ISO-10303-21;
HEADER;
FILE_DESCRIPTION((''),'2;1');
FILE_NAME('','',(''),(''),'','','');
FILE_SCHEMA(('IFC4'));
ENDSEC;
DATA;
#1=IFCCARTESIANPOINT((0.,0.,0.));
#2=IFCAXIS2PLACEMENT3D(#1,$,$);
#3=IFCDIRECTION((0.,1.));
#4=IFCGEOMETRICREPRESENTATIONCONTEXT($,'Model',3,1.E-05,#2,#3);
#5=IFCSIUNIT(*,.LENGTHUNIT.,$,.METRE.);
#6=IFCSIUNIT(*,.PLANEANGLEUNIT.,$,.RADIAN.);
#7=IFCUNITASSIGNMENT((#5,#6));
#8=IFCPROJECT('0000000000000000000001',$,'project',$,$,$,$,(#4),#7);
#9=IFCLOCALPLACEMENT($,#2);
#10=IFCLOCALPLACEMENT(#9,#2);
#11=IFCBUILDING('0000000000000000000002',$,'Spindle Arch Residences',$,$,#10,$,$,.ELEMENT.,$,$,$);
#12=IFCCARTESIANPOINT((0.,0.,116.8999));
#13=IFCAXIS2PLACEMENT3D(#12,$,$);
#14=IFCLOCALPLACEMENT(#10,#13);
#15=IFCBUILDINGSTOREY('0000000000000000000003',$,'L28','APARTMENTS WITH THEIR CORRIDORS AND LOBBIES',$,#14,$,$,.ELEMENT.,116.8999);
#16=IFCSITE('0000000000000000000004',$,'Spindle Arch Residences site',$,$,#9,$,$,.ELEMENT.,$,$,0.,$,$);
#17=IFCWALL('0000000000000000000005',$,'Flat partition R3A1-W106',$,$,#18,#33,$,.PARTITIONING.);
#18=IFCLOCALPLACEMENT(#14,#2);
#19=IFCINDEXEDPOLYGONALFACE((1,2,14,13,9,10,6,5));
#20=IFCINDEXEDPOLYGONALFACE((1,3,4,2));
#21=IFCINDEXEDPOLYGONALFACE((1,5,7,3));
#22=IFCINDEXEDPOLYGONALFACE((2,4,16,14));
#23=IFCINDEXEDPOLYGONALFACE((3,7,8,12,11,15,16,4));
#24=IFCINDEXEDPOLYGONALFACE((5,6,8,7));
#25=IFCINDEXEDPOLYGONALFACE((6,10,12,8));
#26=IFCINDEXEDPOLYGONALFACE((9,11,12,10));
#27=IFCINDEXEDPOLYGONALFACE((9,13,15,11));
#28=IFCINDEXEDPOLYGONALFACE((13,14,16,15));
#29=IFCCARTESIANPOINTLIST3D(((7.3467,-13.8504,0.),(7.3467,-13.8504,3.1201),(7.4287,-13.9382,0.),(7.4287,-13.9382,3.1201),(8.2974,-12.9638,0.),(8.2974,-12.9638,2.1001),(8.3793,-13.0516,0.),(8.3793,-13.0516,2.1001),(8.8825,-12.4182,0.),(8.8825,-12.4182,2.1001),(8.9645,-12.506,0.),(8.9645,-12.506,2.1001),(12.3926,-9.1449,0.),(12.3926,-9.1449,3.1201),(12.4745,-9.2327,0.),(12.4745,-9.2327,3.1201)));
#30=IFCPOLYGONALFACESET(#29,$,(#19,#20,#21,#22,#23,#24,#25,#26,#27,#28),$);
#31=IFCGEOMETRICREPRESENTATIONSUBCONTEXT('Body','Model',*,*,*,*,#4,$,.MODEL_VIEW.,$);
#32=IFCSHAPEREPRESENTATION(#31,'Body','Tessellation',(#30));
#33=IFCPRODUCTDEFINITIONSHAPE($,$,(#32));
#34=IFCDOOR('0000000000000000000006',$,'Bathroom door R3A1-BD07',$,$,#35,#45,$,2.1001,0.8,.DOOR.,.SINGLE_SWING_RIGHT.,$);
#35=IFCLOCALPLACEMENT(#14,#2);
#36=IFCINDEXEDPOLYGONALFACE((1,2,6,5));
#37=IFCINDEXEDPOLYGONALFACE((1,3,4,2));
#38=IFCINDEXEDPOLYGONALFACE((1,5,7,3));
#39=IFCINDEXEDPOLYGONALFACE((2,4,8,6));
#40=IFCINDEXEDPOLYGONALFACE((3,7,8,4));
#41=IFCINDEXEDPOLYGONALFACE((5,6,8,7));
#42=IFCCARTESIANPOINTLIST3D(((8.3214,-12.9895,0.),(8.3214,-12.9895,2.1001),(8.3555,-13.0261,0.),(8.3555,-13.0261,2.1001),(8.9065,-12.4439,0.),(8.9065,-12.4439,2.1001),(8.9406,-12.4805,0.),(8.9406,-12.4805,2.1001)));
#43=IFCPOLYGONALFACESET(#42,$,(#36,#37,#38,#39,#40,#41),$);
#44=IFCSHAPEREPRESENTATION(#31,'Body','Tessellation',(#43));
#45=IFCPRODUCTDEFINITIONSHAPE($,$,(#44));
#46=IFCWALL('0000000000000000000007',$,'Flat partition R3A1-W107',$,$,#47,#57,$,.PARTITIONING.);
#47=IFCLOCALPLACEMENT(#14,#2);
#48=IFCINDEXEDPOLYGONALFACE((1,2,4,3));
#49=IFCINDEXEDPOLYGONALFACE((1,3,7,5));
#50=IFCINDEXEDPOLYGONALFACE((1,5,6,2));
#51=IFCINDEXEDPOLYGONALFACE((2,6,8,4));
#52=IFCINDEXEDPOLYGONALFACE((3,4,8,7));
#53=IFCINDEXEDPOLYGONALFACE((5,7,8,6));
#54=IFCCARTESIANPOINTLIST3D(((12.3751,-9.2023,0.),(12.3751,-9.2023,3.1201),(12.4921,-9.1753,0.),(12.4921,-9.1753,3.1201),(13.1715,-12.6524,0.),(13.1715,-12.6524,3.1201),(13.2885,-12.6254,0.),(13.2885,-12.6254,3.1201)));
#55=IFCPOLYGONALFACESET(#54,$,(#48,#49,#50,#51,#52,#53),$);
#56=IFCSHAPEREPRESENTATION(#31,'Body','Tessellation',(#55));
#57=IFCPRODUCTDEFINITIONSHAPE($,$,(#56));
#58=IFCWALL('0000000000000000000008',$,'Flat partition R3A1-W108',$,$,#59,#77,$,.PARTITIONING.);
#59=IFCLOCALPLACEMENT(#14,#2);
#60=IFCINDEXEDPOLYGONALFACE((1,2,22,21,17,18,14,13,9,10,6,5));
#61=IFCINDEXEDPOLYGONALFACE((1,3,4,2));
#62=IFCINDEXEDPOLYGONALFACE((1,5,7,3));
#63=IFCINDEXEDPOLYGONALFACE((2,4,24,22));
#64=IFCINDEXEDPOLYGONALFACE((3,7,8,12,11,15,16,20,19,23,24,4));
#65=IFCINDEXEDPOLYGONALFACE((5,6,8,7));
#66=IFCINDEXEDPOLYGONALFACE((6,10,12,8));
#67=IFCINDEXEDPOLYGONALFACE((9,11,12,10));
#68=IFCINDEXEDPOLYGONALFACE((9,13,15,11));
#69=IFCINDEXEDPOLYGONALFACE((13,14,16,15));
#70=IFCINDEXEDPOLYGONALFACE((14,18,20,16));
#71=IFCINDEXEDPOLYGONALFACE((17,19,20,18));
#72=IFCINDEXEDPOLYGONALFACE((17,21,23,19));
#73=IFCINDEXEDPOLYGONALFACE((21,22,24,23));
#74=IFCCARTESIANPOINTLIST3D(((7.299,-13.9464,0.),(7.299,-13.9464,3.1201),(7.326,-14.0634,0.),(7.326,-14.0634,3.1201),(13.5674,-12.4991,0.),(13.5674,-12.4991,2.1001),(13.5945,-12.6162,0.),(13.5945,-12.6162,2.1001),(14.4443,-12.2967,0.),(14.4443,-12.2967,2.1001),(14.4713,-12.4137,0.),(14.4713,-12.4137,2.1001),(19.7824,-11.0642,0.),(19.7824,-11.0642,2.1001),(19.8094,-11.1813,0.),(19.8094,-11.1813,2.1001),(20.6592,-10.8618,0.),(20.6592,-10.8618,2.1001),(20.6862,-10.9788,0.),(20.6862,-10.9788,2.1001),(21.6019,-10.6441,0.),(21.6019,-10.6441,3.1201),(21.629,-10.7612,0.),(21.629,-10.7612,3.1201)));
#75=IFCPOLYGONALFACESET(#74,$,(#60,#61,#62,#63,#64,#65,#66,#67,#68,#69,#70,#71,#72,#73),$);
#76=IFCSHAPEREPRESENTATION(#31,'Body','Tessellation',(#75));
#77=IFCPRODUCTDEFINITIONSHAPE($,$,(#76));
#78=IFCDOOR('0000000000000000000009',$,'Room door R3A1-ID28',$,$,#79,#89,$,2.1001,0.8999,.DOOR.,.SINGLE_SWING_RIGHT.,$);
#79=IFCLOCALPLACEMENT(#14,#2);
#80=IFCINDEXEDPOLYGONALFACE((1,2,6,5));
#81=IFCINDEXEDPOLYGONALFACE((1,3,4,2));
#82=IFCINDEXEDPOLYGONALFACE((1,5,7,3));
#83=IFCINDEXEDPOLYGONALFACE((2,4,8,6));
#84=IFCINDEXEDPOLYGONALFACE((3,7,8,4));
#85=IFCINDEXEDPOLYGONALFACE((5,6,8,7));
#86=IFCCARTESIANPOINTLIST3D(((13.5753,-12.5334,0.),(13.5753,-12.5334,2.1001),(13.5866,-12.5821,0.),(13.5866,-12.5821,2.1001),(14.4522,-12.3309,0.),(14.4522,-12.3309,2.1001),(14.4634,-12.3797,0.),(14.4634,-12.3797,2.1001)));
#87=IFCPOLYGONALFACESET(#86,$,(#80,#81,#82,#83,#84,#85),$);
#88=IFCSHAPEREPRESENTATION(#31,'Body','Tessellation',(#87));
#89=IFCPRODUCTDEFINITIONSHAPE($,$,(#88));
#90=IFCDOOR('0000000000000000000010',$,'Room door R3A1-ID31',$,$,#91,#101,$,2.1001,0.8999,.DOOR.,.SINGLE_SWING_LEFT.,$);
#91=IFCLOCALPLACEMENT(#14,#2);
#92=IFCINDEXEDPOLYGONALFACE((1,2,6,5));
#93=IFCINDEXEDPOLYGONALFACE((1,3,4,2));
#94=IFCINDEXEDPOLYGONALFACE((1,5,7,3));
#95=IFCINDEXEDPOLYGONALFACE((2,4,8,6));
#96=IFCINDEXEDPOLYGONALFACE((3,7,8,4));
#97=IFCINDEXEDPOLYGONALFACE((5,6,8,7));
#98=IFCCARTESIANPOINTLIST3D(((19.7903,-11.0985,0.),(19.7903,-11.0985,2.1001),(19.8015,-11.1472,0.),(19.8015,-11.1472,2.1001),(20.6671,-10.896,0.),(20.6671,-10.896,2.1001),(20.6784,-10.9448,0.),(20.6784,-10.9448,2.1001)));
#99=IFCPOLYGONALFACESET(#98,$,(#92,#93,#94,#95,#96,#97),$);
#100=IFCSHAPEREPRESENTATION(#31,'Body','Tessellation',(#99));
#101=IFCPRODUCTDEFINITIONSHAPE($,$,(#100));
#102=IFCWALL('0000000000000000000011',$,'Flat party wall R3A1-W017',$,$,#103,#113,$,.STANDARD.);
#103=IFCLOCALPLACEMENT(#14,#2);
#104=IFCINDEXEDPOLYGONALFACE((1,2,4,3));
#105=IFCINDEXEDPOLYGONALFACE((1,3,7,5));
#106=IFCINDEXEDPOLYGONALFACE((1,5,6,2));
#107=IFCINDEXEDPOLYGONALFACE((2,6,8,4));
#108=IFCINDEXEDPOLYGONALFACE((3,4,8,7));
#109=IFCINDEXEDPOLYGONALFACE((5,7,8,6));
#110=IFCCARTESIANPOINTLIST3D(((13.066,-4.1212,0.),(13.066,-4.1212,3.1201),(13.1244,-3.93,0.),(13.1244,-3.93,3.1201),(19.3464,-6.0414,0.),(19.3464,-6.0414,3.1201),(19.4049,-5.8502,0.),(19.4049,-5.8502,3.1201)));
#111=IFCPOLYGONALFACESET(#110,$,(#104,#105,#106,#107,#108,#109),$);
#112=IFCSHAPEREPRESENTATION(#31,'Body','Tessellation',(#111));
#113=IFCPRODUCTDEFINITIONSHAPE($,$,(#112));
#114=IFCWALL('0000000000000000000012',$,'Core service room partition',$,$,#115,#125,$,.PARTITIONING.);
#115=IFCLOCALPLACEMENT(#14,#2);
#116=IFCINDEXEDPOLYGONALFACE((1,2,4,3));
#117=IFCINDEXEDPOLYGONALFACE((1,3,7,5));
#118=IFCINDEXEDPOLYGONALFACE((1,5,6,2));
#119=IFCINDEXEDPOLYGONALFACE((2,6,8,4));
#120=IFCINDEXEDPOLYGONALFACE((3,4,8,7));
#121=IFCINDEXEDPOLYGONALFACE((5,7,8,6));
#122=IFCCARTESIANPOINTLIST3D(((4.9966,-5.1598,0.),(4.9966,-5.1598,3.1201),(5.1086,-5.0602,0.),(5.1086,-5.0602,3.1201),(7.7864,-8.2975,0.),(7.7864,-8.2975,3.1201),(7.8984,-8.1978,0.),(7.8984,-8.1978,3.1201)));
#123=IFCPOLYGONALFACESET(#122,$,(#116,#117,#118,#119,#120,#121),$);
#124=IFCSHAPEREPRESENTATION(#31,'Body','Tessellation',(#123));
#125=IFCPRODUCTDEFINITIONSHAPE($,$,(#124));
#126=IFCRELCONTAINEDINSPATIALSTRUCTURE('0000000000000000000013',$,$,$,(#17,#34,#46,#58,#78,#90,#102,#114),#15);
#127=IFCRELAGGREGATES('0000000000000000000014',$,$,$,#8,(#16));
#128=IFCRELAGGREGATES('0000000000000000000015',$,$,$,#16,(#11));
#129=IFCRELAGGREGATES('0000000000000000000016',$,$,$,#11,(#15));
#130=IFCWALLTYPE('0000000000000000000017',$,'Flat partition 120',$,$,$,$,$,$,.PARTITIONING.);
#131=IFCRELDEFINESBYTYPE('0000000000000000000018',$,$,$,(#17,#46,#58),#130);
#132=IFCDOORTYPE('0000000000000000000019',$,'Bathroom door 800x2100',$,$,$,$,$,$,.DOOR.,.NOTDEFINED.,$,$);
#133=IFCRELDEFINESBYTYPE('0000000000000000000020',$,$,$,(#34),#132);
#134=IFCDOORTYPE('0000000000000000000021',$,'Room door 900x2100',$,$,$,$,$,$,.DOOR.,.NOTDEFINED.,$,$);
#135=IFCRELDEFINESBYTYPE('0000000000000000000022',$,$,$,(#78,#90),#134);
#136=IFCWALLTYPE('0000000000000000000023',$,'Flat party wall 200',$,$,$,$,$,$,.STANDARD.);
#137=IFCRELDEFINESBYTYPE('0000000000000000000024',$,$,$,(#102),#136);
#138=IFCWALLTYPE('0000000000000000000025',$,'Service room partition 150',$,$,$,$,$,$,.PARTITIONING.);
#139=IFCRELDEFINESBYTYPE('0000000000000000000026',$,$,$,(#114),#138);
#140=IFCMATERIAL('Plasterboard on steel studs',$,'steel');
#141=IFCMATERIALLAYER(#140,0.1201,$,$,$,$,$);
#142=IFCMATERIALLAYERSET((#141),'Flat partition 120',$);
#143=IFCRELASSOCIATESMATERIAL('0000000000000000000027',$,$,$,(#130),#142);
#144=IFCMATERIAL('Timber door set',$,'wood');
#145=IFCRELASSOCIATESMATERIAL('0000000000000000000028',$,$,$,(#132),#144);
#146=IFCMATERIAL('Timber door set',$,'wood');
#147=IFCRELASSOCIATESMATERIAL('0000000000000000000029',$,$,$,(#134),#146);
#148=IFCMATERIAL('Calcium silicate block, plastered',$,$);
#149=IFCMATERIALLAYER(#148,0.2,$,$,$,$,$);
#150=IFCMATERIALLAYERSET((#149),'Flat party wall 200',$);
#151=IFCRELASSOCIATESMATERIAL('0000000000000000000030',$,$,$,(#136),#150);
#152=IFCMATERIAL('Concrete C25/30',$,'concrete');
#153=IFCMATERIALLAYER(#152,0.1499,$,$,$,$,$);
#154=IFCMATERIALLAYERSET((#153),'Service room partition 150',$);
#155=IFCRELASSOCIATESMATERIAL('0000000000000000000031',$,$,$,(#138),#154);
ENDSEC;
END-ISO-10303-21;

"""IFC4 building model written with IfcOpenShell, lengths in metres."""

from ifc_helpers import new_model, si_unit, direction, frame, frame_2d, origin, place, context, subcontext, project, spatial, rectangle, extrude, material, layer, layer_set, type_object, element, fill, save


model = new_model("IFC4")

# Units and contexts
model_context = context("Model", 3, precision=1e-05, world=origin(), true_north=direction((0.0, 1.0)))
body_context = subcontext(model_context, "Body", "Model", "MODEL_VIEW")
ifc_project = project(units=[si_unit("LENGTHUNIT", "METRE"), si_unit("PLANEANGLEUNIT", "RADIAN")], contexts=[model_context])

# Site, building, storey
site_placement = place(None, origin())
site = spatial("IfcSite", under=ifc_project, at=site_placement, Name="Spindle Arch Residences site", CompositionType="ELEMENT", RefElevation=0.0)
building_placement = place(site_placement, origin())
building = spatial("IfcBuilding", under=site, at=building_placement, Name="Spindle Arch Residences", CompositionType="ELEMENT")
storey_placement = place(building_placement, frame((0.0, 0.0, 116.8999)))
storey = spatial("IfcBuildingStorey", under=building, at=storey_placement, Name="L28", Description="APARTMENTS WITH THEIR CORRIDORS AND LOBBIES", CompositionType="ELEMENT", Elevation=116.8999)

# Shared definitions
ifc_material_1 = material(Name="Plasterboard on steel studs", Category="steel")
ifc_layer_1 = layer(ifc_material_1, 0.1201)
ifc_layer_set_1 = layer_set([ifc_layer_1], Name="Flat partition 120")
wall_type_1 = type_object("IfcWallType", Name="Flat partition 120", PredefinedType="PARTITIONING", material=ifc_layer_set_1)

# Wall, opening, door
wall_1_placement = place(storey_placement, frame((7.3877, -13.8943, 0.0), z_axis=(0.0, 0.0, 1.0), x_axis=(0.73134, 0.682013, 0.0)))
wall_1 = element("IfcWall", 1, at=wall_1_placement, inside=storey, type_object=wall_type_1, Name="Flat partition R3A1-W106", PredefinedType="PARTITIONING", context=body_context, shape_type="SweptSolid", body=[
    extrude(rectangle(XDim=6.8994, YDim=0.1201, at=frame_2d((3.4497, 0.0))), origin(), (0.0, 0.0, 1.0), 3.1201),
])
opening_1_placement = place(wall_1_placement, frame((1.3, 0.0, 0.0)))
opening_1 = element("IfcOpeningElement", 2, at=opening_1_placement, cuts=wall_1, PredefinedType="OPENING", context=body_context, shape_type="SweptSolid", body=[
    extrude(rectangle(XDim=0.8, YDim=2.1001, at=frame_2d((0.3999, 1.05))), frame((0.0, 0.0701, 0.0), z_axis=(0.0, -1.0, 0.0), x_axis=(1.0, 0.0, 0.0)), (0.0, 0.0, 1.0), 0.1401),
])
ifc_material_2 = material(Name="Timber door set", Category="wood")
door_type_1 = type_object("IfcDoorType", Name="Bathroom door 800x2100", OperationType="NOTDEFINED", PredefinedType="DOOR", material=ifc_material_2)
door_1_placement = place(opening_1_placement, origin())
door_1 = element("IfcDoor", 3, at=door_1_placement, inside=storey, type_object=door_type_1, Name="Bathroom door R3A1-BD07", OperationType="SINGLE_SWING_RIGHT", OverallHeight=2.1001, OverallWidth=0.8, PredefinedType="DOOR", context=body_context, shape_type="SweptSolid", body=[
    extrude(rectangle(XDim=0.8, YDim=2.1001, at=frame_2d((0.3999, 1.05))), frame((0.0, 0.0249, 0.0), z_axis=(0.0, -1.0, 0.0), x_axis=(1.0, 0.0, 0.0)), (0.0, 0.0, 1.0), 0.05),
])
fill(opening_1, door_1)

# Wall
wall_2_placement = place(storey_placement, frame((12.4336, -9.1887, 0.0), z_axis=(0.0, 0.0, 1.0), x_axis=(0.224925, -0.974376, 0.0)))
element("IfcWall", 4, at=wall_2_placement, inside=storey, type_object=wall_type_1, Name="Flat partition R3A1-W107", PredefinedType="PARTITIONING", context=body_context, shape_type="SweptSolid", body=[
    extrude(rectangle(XDim=3.5408, YDim=0.1201, at=frame_2d((1.7705, 0.0))), origin(), (0.0, 0.0, 1.0), 3.1201),
])

# Wall, openings, doors
wall_3_placement = place(storey_placement, frame((7.3125, -14.0049, 0.0), z_axis=(0.0, 0.0, 1.0), x_axis=(0.974368, 0.22496, 0.0)))
wall_3 = element("IfcWall", 5, at=wall_3_placement, inside=storey, type_object=wall_type_1, Name="Flat partition R3A1-W108", PredefinedType="PARTITIONING", context=body_context, shape_type="SweptSolid", body=[
    extrude(rectangle(XDim=14.6792, YDim=0.1201, at=frame_2d((7.3396, 0.0))), origin(), (0.0, 0.0, 1.0), 3.1201),
])
opening_2_placement = place(wall_3_placement, frame((6.4333, 0.0, 0.0)))
opening_2 = element("IfcOpeningElement", 6, at=opening_2_placement, cuts=wall_3, PredefinedType="OPENING", context=body_context, shape_type="SweptSolid", body=[
    extrude(rectangle(XDim=0.8999, YDim=2.1001, at=frame_2d((0.45, 1.05))), frame((0.0, 0.0701, 0.0), z_axis=(0.0, -1.0, 0.0), x_axis=(1.0, 0.0, 0.0)), (0.0, 0.0, 1.0), 0.1401),
])
opening_3_placement = place(wall_3_placement, frame((12.8118, 0.0, 0.0)))
opening_3 = element("IfcOpeningElement", 7, at=opening_3_placement, cuts=wall_3, PredefinedType="OPENING", context=body_context, shape_type="SweptSolid", body=[
    extrude(rectangle(XDim=0.8999, YDim=2.1001, at=frame_2d((0.45, 1.05))), frame((0.0, 0.0701, 0.0), z_axis=(0.0, -1.0, 0.0), x_axis=(1.0, 0.0, 0.0)), (0.0, 0.0, 1.0), 0.1401),
])
ifc_material_3 = material(Name="Timber door set", Category="wood")
door_type_2 = type_object("IfcDoorType", Name="Room door 900x2100", OperationType="NOTDEFINED", PredefinedType="DOOR", material=ifc_material_3)
door_2_placement = place(opening_2_placement, origin())
door_2 = element("IfcDoor", 8, at=door_2_placement, inside=storey, type_object=door_type_2, Name="Room door R3A1-ID28", OperationType="SINGLE_SWING_RIGHT", OverallHeight=2.1001, OverallWidth=0.8999, PredefinedType="DOOR", context=body_context, shape_type="SweptSolid", body=[
    extrude(rectangle(XDim=0.8999, YDim=2.1001, at=frame_2d((0.45, 1.05))), frame((0.0, 0.0249, 0.0), z_axis=(0.0, -1.0, 0.0), x_axis=(1.0, 0.0, 0.0)), (0.0, 0.0, 1.0), 0.05),
])
fill(opening_2, door_2)
door_3_placement = place(opening_3_placement, origin())
door_3 = element("IfcDoor", 9, at=door_3_placement, inside=storey, type_object=door_type_2, Name="Room door R3A1-ID31", OperationType="SINGLE_SWING_LEFT", OverallHeight=2.1001, OverallWidth=0.8999, PredefinedType="DOOR", context=body_context, shape_type="SweptSolid", body=[
    extrude(rectangle(XDim=0.8999, YDim=2.1001, at=frame_2d((0.45, 1.05))), frame((0.0, 0.0249, 0.0), z_axis=(0.0, -1.0, 0.0), x_axis=(1.0, 0.0, 0.0)), (0.0, 0.0, 1.0), 0.05),
])
fill(opening_3, door_3)

# Walls
ifc_material_4 = material(Name="Calcium silicate block, plastered")
ifc_layer_2 = layer(ifc_material_4, 0.2)
ifc_layer_set_2 = layer_set([ifc_layer_2], Name="Flat party wall 200")
wall_type_2 = type_object("IfcWallType", Name="Flat party wall 200", PredefinedType="STANDARD", material=ifc_layer_set_2)
wall_4_placement = place(storey_placement, frame((13.0952, -4.0256, 0.0), z_axis=(0.0, 0.0, 1.0), x_axis=(0.956304, -0.292374, 0.0)))
element("IfcWall", 10, at=wall_4_placement, inside=storey, type_object=wall_type_2, Name="Flat party wall R3A1-W017", PredefinedType="STANDARD", context=body_context, shape_type="SweptSolid", body=[
    extrude(rectangle(XDim=6.5674, YDim=0.2, at=frame_2d((3.2837, 0.0))), origin(), (0.0, 0.0, 1.0), 3.1201),
])
ifc_material_5 = material(Name="Concrete C25/30", Category="concrete")
ifc_layer_3 = layer(ifc_material_5, 0.1499)
ifc_layer_set_3 = layer_set([ifc_layer_3], Name="Service room partition 150")
wall_type_3 = type_object("IfcWallType", Name="Service room partition 150", PredefinedType="PARTITIONING", material=ifc_layer_set_3)
wall_5_placement = place(storey_placement, frame((7.8423, -8.2476, 0.0), z_axis=(0.0, 0.0, 1.0), x_axis=(-0.664461, 0.747323, 0.0)))
element("IfcWall", 11, at=wall_5_placement, inside=storey, type_object=wall_type_3, Name="Core service room partition", PredefinedType="PARTITIONING", context=body_context, shape_type="SweptSolid", body=[
    extrude(rectangle(XDim=4.1985, YDim=0.1499, at=frame_2d((2.0991, 0.0))), origin(), (0.0, 0.0, 1.0), 3.1201),
])

save(model, "model.ifc")
